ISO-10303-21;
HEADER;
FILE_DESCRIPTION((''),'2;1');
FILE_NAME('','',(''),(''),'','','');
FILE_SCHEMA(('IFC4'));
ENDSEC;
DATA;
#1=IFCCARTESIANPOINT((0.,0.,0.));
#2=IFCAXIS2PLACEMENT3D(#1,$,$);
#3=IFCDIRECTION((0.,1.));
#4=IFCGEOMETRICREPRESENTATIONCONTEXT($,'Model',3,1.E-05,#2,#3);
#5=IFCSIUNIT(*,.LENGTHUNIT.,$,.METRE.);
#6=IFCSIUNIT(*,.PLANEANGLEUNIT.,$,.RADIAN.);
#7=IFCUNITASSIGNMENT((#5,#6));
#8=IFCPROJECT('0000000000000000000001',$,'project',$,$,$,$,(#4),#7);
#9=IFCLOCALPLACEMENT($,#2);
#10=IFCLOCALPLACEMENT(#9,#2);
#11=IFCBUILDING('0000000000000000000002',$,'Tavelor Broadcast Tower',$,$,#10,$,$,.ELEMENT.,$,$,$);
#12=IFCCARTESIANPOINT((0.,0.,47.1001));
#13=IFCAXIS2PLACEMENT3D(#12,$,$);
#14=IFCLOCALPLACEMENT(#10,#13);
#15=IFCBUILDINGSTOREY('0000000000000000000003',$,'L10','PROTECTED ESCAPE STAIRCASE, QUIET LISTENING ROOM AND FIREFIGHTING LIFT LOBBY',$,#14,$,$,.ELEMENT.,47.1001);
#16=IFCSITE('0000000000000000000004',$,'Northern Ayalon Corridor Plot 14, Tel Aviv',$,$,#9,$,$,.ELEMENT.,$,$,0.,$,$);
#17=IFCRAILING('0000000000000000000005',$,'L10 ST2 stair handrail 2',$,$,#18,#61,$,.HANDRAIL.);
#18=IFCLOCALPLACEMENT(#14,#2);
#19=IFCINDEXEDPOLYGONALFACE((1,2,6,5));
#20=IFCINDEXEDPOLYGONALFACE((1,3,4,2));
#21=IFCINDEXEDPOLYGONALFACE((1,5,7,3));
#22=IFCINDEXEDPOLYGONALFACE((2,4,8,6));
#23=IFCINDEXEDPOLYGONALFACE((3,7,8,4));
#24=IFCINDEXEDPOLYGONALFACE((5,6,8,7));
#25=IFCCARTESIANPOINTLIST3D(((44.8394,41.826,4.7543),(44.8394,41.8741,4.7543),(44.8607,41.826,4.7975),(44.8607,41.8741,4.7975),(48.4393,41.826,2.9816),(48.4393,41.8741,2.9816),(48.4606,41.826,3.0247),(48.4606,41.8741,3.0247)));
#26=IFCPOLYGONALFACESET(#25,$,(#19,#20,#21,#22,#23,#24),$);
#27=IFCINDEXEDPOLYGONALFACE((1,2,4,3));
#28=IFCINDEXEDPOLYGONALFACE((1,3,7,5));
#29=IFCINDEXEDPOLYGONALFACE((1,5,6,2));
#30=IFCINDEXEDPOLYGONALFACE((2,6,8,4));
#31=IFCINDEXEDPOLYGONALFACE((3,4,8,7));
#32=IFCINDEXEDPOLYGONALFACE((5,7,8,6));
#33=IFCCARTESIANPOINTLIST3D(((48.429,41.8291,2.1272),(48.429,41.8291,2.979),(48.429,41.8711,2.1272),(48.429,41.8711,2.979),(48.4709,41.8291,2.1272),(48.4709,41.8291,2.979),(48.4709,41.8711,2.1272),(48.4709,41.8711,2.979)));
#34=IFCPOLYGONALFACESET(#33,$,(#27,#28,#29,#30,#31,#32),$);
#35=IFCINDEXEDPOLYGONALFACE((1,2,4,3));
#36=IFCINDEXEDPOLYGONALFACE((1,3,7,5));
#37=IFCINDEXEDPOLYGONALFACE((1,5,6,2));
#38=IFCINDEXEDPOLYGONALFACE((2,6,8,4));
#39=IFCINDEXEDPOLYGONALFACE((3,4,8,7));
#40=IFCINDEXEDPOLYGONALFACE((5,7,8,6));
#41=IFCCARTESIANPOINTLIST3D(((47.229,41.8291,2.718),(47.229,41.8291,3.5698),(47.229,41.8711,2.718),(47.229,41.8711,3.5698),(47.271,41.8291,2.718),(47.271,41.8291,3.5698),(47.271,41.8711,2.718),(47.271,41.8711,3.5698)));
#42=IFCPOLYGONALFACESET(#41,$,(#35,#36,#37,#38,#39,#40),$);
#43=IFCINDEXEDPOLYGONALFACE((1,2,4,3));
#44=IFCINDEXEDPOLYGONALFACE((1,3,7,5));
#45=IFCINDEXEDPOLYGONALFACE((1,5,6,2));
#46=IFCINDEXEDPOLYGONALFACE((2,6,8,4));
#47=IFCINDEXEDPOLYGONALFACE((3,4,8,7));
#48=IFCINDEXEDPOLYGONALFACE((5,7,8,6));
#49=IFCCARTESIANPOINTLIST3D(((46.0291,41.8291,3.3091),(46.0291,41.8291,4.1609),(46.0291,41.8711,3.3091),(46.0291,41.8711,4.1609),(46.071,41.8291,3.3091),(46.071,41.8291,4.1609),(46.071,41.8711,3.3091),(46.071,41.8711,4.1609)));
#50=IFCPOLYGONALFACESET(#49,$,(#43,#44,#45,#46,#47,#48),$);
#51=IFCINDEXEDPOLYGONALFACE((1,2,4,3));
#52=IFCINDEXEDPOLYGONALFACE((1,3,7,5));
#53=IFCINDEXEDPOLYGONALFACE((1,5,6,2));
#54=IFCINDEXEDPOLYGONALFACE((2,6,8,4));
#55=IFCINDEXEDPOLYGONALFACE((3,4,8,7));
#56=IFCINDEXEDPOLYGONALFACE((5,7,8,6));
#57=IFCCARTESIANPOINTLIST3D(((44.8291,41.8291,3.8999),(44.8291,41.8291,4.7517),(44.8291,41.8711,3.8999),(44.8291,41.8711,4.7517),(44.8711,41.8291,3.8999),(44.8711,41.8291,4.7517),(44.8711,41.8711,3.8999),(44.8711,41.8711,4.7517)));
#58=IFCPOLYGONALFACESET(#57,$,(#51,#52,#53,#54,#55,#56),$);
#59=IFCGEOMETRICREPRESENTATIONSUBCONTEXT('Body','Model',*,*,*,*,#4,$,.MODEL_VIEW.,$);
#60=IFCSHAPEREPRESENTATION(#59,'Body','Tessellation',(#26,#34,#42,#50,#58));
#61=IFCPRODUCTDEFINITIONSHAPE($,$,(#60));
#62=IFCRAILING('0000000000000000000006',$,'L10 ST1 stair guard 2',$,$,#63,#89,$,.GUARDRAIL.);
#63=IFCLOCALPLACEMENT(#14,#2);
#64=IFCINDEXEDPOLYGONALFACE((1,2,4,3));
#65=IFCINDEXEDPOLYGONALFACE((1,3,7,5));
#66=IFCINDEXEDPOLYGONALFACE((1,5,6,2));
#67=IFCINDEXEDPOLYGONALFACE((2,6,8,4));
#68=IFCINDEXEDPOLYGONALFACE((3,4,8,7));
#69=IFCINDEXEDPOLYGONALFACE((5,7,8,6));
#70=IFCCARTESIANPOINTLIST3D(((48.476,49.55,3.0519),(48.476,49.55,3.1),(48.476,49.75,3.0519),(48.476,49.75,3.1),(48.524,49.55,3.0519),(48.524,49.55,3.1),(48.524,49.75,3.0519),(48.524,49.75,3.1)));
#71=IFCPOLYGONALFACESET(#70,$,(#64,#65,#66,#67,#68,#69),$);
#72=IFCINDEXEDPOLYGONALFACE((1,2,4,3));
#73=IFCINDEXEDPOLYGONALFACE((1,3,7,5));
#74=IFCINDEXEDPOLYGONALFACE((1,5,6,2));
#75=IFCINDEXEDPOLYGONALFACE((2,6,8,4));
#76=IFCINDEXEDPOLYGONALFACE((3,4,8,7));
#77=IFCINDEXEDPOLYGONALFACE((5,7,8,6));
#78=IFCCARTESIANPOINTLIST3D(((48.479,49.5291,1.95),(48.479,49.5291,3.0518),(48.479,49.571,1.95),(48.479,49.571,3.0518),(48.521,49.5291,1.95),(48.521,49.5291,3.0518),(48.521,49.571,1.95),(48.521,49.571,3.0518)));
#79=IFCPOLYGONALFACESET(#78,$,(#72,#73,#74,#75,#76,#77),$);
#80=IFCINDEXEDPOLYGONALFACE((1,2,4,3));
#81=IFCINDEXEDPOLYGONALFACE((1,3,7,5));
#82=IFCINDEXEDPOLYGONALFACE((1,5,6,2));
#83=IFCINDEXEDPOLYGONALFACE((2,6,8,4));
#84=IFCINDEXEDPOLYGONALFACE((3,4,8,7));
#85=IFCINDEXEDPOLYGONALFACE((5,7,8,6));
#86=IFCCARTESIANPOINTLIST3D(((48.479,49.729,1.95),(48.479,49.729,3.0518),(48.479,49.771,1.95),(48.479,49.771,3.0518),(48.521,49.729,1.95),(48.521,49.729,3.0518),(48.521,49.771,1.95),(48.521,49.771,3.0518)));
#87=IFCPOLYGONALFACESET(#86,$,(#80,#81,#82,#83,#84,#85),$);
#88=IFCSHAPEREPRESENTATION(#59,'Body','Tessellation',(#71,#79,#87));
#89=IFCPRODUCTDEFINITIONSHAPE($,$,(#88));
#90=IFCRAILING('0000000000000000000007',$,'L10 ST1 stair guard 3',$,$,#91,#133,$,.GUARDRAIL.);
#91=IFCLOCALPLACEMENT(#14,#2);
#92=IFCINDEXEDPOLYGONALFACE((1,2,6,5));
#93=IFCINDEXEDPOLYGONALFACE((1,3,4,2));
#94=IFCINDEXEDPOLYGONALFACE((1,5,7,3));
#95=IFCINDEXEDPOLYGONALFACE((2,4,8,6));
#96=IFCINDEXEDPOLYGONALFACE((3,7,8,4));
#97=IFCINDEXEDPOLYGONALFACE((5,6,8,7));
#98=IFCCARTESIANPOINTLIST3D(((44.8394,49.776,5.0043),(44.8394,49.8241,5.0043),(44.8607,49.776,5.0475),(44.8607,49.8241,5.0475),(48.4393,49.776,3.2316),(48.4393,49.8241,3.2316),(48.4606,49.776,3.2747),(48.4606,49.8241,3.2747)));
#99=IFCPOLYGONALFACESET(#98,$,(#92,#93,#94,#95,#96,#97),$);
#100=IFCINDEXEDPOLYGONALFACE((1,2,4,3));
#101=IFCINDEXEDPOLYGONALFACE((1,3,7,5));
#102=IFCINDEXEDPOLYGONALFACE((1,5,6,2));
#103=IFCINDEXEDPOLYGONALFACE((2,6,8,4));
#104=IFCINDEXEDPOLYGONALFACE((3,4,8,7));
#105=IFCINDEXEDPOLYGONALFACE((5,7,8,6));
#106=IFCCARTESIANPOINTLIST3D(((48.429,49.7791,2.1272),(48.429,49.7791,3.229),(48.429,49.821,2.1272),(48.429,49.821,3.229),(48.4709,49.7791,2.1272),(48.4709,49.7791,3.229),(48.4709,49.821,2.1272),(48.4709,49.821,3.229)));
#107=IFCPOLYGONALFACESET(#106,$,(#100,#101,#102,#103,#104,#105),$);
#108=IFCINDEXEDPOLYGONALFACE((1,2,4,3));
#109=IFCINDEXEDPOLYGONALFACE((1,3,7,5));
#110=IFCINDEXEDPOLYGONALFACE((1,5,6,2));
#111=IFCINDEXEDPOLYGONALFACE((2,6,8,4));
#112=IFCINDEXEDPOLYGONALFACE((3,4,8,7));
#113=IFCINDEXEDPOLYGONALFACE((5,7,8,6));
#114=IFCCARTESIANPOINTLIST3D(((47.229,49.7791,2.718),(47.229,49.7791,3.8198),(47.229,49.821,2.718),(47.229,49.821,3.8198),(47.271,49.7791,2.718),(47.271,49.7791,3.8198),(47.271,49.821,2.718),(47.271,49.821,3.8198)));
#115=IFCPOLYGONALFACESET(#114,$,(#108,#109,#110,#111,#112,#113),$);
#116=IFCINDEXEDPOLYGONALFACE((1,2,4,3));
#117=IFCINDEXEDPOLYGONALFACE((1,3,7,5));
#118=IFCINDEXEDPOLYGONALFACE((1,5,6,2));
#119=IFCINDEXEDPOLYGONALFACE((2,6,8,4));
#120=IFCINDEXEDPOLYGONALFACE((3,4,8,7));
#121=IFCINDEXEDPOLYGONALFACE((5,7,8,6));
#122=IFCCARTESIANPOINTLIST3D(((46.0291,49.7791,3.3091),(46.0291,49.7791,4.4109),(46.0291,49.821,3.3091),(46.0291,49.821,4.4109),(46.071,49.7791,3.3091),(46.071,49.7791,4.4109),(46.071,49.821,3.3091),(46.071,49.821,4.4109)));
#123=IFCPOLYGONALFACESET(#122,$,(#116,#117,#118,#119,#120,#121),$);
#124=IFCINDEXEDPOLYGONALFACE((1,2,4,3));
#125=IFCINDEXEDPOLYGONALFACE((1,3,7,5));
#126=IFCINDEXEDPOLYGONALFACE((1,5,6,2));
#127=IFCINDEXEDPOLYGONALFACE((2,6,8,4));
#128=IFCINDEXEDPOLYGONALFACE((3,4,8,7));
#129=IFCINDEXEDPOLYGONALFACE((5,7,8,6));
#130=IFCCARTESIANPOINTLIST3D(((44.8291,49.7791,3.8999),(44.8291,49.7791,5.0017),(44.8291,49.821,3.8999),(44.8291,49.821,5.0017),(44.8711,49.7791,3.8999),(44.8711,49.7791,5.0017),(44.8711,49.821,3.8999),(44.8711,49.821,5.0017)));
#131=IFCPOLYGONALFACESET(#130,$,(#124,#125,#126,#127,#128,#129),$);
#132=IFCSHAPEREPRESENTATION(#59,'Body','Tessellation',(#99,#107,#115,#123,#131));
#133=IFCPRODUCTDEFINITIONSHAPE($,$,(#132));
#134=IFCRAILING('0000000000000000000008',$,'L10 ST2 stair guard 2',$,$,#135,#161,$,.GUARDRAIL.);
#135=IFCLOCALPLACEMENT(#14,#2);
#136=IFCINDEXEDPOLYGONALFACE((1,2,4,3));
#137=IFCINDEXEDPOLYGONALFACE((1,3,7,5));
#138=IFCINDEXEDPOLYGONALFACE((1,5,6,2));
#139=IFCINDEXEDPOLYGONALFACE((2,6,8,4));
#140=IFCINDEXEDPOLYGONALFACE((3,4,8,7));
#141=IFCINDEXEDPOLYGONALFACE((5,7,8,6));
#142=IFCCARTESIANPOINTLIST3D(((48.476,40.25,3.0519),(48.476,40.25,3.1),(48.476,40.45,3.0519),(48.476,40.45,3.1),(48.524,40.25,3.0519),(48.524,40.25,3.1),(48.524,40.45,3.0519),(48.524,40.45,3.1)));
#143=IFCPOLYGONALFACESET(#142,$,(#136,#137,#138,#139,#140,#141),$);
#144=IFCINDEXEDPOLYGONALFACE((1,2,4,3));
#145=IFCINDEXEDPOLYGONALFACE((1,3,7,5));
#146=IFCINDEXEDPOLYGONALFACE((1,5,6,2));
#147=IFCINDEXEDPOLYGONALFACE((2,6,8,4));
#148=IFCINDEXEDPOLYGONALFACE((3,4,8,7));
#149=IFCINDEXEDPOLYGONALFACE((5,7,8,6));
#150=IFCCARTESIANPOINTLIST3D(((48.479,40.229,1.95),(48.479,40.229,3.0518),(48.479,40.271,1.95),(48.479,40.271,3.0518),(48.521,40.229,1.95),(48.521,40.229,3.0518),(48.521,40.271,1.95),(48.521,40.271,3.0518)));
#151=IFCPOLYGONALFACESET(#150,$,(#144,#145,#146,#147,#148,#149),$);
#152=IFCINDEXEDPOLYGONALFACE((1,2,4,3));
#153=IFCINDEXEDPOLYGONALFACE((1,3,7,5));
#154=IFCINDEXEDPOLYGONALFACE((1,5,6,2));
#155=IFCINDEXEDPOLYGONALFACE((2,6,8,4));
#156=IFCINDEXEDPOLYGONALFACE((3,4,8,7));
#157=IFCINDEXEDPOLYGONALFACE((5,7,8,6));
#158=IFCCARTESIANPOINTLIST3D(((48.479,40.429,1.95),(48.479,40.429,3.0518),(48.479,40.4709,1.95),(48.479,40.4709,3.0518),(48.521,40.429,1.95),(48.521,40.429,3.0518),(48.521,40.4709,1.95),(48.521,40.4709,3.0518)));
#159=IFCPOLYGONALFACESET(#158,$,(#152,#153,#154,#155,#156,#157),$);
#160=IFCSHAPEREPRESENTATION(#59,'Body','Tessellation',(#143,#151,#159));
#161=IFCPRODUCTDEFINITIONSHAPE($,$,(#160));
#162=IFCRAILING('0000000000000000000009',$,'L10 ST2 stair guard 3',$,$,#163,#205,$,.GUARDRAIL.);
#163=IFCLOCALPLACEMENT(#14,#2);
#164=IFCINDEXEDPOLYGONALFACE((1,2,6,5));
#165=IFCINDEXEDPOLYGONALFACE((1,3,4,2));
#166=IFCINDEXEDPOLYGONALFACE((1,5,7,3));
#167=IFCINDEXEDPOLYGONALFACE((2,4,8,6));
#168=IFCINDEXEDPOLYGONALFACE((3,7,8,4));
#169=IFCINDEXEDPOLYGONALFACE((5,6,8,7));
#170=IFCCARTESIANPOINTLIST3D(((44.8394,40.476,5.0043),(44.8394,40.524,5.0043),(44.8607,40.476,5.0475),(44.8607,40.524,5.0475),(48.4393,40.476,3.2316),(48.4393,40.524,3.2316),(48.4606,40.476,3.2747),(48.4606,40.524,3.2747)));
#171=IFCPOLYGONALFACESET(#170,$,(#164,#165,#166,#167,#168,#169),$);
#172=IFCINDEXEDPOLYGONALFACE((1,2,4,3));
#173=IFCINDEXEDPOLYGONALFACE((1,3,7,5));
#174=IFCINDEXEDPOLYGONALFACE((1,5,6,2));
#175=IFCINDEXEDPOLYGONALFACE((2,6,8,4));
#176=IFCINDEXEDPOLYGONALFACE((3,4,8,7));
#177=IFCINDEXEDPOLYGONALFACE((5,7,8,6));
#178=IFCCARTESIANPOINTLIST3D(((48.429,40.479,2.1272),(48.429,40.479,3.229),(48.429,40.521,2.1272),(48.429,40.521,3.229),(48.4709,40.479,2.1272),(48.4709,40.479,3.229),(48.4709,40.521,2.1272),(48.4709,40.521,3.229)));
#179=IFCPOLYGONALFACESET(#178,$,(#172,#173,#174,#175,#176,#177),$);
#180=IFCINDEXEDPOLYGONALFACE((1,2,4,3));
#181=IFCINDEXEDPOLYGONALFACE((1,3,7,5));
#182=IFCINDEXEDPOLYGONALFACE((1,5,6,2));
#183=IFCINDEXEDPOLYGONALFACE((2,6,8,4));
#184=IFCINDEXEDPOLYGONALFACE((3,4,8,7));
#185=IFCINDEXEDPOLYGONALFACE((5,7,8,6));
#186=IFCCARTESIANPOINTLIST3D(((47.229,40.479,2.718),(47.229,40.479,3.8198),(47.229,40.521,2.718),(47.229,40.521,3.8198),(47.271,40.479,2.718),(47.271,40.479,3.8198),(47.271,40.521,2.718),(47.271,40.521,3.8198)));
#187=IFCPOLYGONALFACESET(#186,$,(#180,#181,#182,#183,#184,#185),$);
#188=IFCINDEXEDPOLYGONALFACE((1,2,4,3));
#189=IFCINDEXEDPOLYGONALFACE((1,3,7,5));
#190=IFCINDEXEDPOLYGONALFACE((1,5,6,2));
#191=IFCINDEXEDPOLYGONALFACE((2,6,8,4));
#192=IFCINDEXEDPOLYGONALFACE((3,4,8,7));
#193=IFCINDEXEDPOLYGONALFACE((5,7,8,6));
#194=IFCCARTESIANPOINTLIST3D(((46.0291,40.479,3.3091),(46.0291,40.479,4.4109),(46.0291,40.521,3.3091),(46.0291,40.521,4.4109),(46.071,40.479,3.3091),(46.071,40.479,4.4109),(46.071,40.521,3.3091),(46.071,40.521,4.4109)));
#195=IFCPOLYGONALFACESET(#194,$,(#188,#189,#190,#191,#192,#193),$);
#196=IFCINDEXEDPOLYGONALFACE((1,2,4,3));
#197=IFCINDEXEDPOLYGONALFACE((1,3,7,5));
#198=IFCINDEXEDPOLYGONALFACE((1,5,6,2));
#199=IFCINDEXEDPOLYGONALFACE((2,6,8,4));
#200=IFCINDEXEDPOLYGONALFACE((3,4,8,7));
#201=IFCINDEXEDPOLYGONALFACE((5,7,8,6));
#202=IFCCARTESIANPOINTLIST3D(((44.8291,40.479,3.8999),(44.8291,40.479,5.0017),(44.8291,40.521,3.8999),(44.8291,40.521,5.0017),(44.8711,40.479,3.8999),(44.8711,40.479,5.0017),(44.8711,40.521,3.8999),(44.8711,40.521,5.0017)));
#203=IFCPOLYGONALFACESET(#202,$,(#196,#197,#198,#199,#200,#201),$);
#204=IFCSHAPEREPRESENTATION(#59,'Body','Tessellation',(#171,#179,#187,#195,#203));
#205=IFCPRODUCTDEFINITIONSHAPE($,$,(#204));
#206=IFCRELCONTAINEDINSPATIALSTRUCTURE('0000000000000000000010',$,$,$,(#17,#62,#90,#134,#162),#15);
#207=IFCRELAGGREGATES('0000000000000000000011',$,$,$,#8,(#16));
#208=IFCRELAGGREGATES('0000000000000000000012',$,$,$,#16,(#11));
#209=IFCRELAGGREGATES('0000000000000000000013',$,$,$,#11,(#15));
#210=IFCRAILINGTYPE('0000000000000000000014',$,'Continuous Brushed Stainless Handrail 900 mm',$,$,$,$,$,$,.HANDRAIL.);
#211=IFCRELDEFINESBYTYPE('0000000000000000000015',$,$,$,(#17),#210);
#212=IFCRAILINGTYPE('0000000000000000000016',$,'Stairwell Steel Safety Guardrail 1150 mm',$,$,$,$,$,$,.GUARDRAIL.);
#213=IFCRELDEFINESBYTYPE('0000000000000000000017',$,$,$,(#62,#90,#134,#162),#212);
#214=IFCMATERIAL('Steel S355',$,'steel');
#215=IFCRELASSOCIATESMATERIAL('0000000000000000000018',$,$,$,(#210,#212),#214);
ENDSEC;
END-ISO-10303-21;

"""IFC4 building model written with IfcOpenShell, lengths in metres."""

from ifc_helpers import new_model, si_unit, direction, frame, origin, origin_2d, place, context, subcontext, project, spatial, rectangle, extrude, material, type_object, element, save


model = new_model("IFC4")

# Units and contexts
model_context = context("Model", 3, precision=1e-05, world=origin(), true_north=direction((0.0, 1.0)))
body_context = subcontext(model_context, "Body", "Model", "MODEL_VIEW")
ifc_project = project(units=[si_unit("LENGTHUNIT", "METRE"), si_unit("PLANEANGLEUNIT", "RADIAN")], contexts=[model_context])

# Site, building, storey
site_placement = place(None, origin())
site = spatial("IfcSite", under=ifc_project, at=site_placement, Name="Northern Ayalon Corridor Plot 14, Tel Aviv", CompositionType="ELEMENT", RefElevation=0.0)
building_placement = place(site_placement, origin())
building = spatial("IfcBuilding", under=site, at=building_placement, Name="Tavelor Broadcast Tower", CompositionType="ELEMENT")
storey_placement = place(building_placement, frame((0.0, 0.0, 47.1001)))
storey = spatial("IfcBuildingStorey", under=building, at=storey_placement, Name="L10", Description="PROTECTED ESCAPE STAIRCASE, QUIET LISTENING ROOM AND FIREFIGHTING LIFT LOBBY", CompositionType="ELEMENT", Elevation=47.1001)

# Shared definitions
ifc_material_1 = material(Name="Steel S355", Category="steel")

# Railings
railing_type_1 = type_object("IfcRailingType", Name="Continuous Brushed Stainless Handrail 900 mm", PredefinedType="HANDRAIL", material=ifc_material_1)
for number, where, name in (
    (1, (48.45, 41.8501, 2.1272), "L10 ST2 stair handrail 2"),
):
    element("IfcRailing", number, at=place(storey_placement, frame(where)), inside=storey, type_object=railing_type_1, Name=name, PredefinedType="HANDRAIL", context=body_context, shape_type="SweptSolid", body=[
        extrude(rectangle(XDim=0.0481, YDim=0.0481, at=origin_2d()), frame((0.0, 0.0, 0.876), z_axis=(-0.897124, 0.0, 0.441778), x_axis=(0.0, -1.0, 0.0)), (0.0, 0.0, 1.0), 4.0127),
        extrude(rectangle(XDim=0.042, YDim=0.042, at=origin_2d()), origin(), (0.0, 0.0, 1.0), 0.8518),
        extrude(rectangle(XDim=0.042, YDim=0.042, at=origin_2d()), frame((-1.2, 0.0, 0.5908)), (0.0, 0.0, 1.0), 0.8518),
        extrude(rectangle(XDim=0.042, YDim=0.042, at=origin_2d()), frame((-2.3999, 0.0, 1.1819)), (0.0, 0.0, 1.0), 0.8518),
        extrude(rectangle(XDim=0.042, YDim=0.042, at=origin_2d()), frame((-3.5999, 0.0, 1.7727)), (0.0, 0.0, 1.0), 0.8518),
    ])
railing_type_2 = type_object("IfcRailingType", Name="Stairwell Steel Safety Guardrail 1150 mm", PredefinedType="GUARDRAIL", material=ifc_material_1)
railing_1_placement = place(storey_placement, frame((48.5, 49.55, 1.95)))
element("IfcRailing", 2, at=railing_1_placement, inside=storey, type_object=railing_type_2, Name="L10 ST1 stair guard 2", PredefinedType="GUARDRAIL", context=body_context, shape_type="SweptSolid", body=[
    extrude(rectangle(XDim=0.0481, YDim=0.0481, at=origin_2d()), frame((0.0, 0.0, 1.126), z_axis=(0.0, 1.0, 0.0), x_axis=(-1.0, 0.0, 0.0)), (0.0, 0.0, 1.0), 0.2),
    extrude(rectangle(XDim=0.042, YDim=0.042, at=origin_2d()), origin(), (0.0, 0.0, 1.0), 1.1018),
    extrude(rectangle(XDim=0.042, YDim=0.042, at=origin_2d()), frame((0.0, 0.2, 0.0)), (0.0, 0.0, 1.0), 1.1018),
])
railing_2_placement = place(storey_placement, frame((48.45, 49.8, 2.1272)))
element("IfcRailing", 3, at=railing_2_placement, inside=storey, type_object=railing_type_2, Name="L10 ST1 stair guard 3", PredefinedType="GUARDRAIL", context=body_context, shape_type="SweptSolid", body=[
    extrude(rectangle(XDim=0.0481, YDim=0.0481, at=origin_2d()), frame((0.0, 0.0, 1.126), z_axis=(-0.897124, 0.0, 0.441778), x_axis=(0.0, -1.0, 0.0)), (0.0, 0.0, 1.0), 4.0127),
    extrude(rectangle(XDim=0.042, YDim=0.042, at=origin_2d()), origin(), (0.0, 0.0, 1.0), 1.1018),
    extrude(rectangle(XDim=0.042, YDim=0.042, at=origin_2d()), frame((-1.2, 0.0, 0.5908)), (0.0, 0.0, 1.0), 1.1018),
    extrude(rectangle(XDim=0.042, YDim=0.042, at=origin_2d()), frame((-2.3999, 0.0, 1.1819)), (0.0, 0.0, 1.0), 1.1018),
    extrude(rectangle(XDim=0.042, YDim=0.042, at=origin_2d()), frame((-3.5999, 0.0, 1.7727)), (0.0, 0.0, 1.0), 1.1018),
])
railing_3_placement = place(storey_placement, frame((48.5, 40.25, 1.95)))
element("IfcRailing", 4, at=railing_3_placement, inside=storey, type_object=railing_type_2, Name="L10 ST2 stair guard 2", PredefinedType="GUARDRAIL", context=body_context, shape_type="SweptSolid", body=[
    extrude(rectangle(XDim=0.0481, YDim=0.0481, at=origin_2d()), frame((0.0, 0.0, 1.126), z_axis=(0.0, 1.0, 0.0), x_axis=(-1.0, 0.0, 0.0)), (0.0, 0.0, 1.0), 0.2),
    extrude(rectangle(XDim=0.042, YDim=0.042, at=origin_2d()), origin(), (0.0, 0.0, 1.0), 1.1018),
    extrude(rectangle(XDim=0.042, YDim=0.042, at=origin_2d()), frame((0.0, 0.2, 0.0)), (0.0, 0.0, 1.0), 1.1018),
])
railing_4_placement = place(storey_placement, frame((48.45, 40.5, 2.1272)))
element("IfcRailing", 5, at=railing_4_placement, inside=storey, type_object=railing_type_2, Name="L10 ST2 stair guard 3", PredefinedType="GUARDRAIL", context=body_context, shape_type="SweptSolid", body=[
    extrude(rectangle(XDim=0.0481, YDim=0.0481, at=origin_2d()), frame((0.0, 0.0, 1.126), z_axis=(-0.897124, 0.0, 0.441778), x_axis=(0.0, -1.0, 0.0)), (0.0, 0.0, 1.0), 4.0127),
    extrude(rectangle(XDim=0.042, YDim=0.042, at=origin_2d()), origin(), (0.0, 0.0, 1.0), 1.1018),
    extrude(rectangle(XDim=0.042, YDim=0.042, at=origin_2d()), frame((-1.2, 0.0, 0.5908)), (0.0, 0.0, 1.0), 1.1018),
    extrude(rectangle(XDim=0.042, YDim=0.042, at=origin_2d()), frame((-2.3999, 0.0, 1.1819)), (0.0, 0.0, 1.0), 1.1018),
    extrude(rectangle(XDim=0.042, YDim=0.042, at=origin_2d()), frame((-3.5999, 0.0, 1.7727)), (0.0, 0.0, 1.0), 1.1018),
])

save(model, "model.ifc")
